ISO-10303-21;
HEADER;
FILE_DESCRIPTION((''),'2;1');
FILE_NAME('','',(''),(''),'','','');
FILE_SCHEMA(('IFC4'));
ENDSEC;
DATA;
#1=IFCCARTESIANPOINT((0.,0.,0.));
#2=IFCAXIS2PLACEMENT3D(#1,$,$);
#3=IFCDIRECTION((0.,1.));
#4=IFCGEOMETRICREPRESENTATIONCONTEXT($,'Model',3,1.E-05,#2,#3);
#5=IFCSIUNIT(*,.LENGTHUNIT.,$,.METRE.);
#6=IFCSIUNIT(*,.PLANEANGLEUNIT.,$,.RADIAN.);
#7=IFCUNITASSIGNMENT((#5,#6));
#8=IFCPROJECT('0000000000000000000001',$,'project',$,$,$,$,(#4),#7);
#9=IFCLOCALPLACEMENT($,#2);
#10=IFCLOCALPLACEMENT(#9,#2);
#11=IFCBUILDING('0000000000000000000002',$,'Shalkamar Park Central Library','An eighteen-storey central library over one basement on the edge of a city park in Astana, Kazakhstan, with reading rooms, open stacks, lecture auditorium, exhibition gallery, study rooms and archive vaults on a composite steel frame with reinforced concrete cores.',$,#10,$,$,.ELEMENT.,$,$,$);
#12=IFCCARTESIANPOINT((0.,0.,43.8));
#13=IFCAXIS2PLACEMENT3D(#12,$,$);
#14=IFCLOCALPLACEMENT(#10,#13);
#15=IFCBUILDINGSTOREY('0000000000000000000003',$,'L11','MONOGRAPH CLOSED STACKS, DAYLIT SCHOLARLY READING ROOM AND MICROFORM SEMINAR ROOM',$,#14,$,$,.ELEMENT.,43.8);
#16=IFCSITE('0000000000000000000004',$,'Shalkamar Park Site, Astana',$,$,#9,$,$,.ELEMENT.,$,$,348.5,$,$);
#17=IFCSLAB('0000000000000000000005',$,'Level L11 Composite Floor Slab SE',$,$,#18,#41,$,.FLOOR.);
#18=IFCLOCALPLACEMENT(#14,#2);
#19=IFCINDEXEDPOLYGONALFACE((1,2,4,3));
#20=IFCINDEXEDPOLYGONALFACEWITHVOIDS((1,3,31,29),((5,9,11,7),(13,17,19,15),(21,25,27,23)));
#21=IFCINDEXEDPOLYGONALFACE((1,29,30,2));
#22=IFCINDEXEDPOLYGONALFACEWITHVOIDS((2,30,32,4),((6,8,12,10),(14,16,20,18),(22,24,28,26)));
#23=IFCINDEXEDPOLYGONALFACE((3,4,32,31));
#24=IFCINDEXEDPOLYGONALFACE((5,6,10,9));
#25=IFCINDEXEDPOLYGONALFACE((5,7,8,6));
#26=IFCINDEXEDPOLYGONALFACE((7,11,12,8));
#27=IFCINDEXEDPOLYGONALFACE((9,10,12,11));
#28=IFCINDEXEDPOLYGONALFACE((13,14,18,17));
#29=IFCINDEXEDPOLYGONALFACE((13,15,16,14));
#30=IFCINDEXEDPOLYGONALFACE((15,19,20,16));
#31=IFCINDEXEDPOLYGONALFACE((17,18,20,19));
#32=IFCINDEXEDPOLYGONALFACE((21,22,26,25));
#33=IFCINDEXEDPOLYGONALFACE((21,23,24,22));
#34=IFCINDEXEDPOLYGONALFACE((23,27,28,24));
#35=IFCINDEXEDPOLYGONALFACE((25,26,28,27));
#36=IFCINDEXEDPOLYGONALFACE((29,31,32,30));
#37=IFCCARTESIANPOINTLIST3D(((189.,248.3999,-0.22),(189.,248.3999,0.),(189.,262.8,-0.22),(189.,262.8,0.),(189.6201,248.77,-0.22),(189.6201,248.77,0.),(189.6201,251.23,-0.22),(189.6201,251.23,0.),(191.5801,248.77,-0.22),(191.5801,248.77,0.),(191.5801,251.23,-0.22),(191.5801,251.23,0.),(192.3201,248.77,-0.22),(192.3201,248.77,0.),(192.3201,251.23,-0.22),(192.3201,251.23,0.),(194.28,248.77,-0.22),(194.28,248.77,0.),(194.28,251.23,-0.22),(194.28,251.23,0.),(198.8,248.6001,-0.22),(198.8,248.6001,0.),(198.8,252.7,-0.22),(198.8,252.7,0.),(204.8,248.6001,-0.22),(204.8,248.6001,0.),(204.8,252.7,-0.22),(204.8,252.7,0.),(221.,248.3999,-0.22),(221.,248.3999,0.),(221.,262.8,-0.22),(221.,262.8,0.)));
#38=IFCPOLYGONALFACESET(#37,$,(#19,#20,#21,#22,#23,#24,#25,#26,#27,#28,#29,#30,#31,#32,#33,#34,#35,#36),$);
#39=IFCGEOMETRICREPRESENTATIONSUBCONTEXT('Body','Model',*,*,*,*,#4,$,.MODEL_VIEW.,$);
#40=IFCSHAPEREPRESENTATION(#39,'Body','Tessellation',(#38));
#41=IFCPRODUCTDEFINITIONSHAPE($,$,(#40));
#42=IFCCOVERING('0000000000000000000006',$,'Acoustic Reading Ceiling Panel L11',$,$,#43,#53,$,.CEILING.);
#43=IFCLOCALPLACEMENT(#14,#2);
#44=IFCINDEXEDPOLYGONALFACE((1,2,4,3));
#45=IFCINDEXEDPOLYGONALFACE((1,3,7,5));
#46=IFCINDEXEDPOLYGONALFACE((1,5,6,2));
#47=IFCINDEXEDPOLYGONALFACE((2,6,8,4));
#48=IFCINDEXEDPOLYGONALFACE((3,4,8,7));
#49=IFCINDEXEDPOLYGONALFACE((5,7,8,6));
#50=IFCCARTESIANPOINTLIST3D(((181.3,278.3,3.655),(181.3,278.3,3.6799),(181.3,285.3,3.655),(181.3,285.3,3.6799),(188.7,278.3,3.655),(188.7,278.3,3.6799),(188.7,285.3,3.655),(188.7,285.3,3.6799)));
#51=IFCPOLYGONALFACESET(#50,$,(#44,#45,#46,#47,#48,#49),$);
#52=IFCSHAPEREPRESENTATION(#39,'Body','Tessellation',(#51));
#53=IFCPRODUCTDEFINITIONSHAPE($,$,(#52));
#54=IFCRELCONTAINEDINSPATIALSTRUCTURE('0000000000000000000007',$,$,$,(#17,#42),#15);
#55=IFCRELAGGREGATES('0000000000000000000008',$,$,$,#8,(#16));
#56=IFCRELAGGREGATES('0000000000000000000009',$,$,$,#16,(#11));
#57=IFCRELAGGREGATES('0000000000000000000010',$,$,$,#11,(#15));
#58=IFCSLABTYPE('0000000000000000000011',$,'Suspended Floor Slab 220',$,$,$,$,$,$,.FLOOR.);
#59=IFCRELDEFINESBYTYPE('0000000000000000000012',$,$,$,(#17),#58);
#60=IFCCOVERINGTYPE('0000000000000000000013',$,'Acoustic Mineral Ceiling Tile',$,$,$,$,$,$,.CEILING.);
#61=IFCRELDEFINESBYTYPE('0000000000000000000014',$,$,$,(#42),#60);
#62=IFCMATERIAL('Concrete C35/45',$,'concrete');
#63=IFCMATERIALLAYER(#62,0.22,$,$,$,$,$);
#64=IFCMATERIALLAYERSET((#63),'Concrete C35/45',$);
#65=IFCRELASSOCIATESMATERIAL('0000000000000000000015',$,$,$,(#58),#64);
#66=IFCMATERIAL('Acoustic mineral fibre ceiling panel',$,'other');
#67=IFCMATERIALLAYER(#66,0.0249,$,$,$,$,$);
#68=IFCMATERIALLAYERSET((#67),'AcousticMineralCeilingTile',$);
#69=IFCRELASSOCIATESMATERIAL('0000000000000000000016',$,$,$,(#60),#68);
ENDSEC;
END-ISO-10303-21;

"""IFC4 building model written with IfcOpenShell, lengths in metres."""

from ifc_helpers import new_model, si_unit, direction, frame, origin, place, context, subcontext, project, spatial, polyline, outline, extrude, material, layer, layer_set, type_object, element, save


model = new_model("IFC4")

# Units and contexts
model_context = context("Model", 3, precision=1e-05, world=origin(), true_north=direction((0.0, 1.0)))
body_context = subcontext(model_context, "Body", "Model", "MODEL_VIEW")
ifc_project = project(units=[si_unit("LENGTHUNIT", "METRE"), si_unit("PLANEANGLEUNIT", "RADIAN")], contexts=[model_context])

# Site, building, storey
site_placement = place(None, origin())
site = spatial("IfcSite", under=ifc_project, at=site_placement, Name="Shalkamar Park Site, Astana", CompositionType="ELEMENT", RefElevation=348.5)
building_placement = place(site_placement, origin())
building = spatial("IfcBuilding", under=site, at=building_placement, Name="Shalkamar Park Central Library", Description="An eighteen-storey central library over one basement on the edge of a city park in Astana, Kazakhstan, with reading rooms, open stacks, lecture auditorium, exhibition gallery, study rooms and archive vaults on a composite steel frame with reinforced concrete cores.", CompositionType="ELEMENT")
storey_placement = place(building_placement, frame((0.0, 0.0, 43.8)))
storey = spatial("IfcBuildingStorey", under=building, at=storey_placement, Name="L11", Description="MONOGRAPH CLOSED STACKS, DAYLIT SCHOLARLY READING ROOM AND MICROFORM SEMINAR ROOM", CompositionType="ELEMENT", Elevation=43.8)

# Shared definitions
ifc_material_1 = material(Name="Concrete C35/45", Category="concrete")

# Slab
ifc_layer_1 = layer(ifc_material_1, 0.22)
ifc_layer_set_1 = layer_set([ifc_layer_1], Name="Concrete C35/45")
slab_type_1 = type_object("IfcSlabType", Name="Suspended Floor Slab 220", PredefinedType="FLOOR", material=ifc_layer_set_1)
slab_1_placement = place(storey_placement, frame((0.0, 0.0, -0.22)))
element("IfcSlab", 1, at=slab_1_placement, inside=storey, type_object=slab_type_1, Name="Level L11 Composite Floor Slab SE", PredefinedType="FLOOR", context=body_context, shape_type="SweptSolid", body=[
    extrude(outline(polyline([(189.0, 248.3999), (189.0, 262.8), (221.0, 262.8), (221.0, 248.3999), (189.0, 248.3999)]), holes=[polyline([(189.6201, 251.23), (189.6201, 248.77), (191.5801, 248.77), (191.5801, 251.23), (189.6201, 251.23)]), polyline([(192.3201, 251.23), (192.3201, 248.77), (194.28, 248.77), (194.28, 251.23), (192.3201, 251.23)]), polyline([(198.8, 252.7), (198.8, 248.6001), (204.8, 248.6001), (204.8, 252.7), (198.8, 252.7)])]), origin(), (0.0, 0.0, 1.0), 0.22),
])

# Covering
ifc_material_2 = material(Name="Acoustic mineral fibre ceiling panel", Category="other")
ifc_layer_2 = layer(ifc_material_2, 0.0249)
ifc_layer_set_2 = layer_set([ifc_layer_2], Name="AcousticMineralCeilingTile")
covering_type = type_object("IfcCoveringType", Name="Acoustic Mineral Ceiling Tile", PredefinedType="CEILING", material=ifc_layer_set_2)
covering_placement = place(storey_placement, frame((0.0, 0.0, 3.655)))
element("IfcCovering", 2, at=covering_placement, inside=storey, type_object=covering_type, Name="Acoustic Reading Ceiling Panel L11", PredefinedType="CEILING", context=body_context, shape_type="SweptSolid", body=[
    extrude(outline(polyline([(181.3, 278.3), (188.7, 278.3), (188.7, 285.3), (181.3, 285.3), (181.3, 278.3)])), origin(), (0.0, 0.0, 1.0), 0.0249),
])

save(model, "model.ifc")
